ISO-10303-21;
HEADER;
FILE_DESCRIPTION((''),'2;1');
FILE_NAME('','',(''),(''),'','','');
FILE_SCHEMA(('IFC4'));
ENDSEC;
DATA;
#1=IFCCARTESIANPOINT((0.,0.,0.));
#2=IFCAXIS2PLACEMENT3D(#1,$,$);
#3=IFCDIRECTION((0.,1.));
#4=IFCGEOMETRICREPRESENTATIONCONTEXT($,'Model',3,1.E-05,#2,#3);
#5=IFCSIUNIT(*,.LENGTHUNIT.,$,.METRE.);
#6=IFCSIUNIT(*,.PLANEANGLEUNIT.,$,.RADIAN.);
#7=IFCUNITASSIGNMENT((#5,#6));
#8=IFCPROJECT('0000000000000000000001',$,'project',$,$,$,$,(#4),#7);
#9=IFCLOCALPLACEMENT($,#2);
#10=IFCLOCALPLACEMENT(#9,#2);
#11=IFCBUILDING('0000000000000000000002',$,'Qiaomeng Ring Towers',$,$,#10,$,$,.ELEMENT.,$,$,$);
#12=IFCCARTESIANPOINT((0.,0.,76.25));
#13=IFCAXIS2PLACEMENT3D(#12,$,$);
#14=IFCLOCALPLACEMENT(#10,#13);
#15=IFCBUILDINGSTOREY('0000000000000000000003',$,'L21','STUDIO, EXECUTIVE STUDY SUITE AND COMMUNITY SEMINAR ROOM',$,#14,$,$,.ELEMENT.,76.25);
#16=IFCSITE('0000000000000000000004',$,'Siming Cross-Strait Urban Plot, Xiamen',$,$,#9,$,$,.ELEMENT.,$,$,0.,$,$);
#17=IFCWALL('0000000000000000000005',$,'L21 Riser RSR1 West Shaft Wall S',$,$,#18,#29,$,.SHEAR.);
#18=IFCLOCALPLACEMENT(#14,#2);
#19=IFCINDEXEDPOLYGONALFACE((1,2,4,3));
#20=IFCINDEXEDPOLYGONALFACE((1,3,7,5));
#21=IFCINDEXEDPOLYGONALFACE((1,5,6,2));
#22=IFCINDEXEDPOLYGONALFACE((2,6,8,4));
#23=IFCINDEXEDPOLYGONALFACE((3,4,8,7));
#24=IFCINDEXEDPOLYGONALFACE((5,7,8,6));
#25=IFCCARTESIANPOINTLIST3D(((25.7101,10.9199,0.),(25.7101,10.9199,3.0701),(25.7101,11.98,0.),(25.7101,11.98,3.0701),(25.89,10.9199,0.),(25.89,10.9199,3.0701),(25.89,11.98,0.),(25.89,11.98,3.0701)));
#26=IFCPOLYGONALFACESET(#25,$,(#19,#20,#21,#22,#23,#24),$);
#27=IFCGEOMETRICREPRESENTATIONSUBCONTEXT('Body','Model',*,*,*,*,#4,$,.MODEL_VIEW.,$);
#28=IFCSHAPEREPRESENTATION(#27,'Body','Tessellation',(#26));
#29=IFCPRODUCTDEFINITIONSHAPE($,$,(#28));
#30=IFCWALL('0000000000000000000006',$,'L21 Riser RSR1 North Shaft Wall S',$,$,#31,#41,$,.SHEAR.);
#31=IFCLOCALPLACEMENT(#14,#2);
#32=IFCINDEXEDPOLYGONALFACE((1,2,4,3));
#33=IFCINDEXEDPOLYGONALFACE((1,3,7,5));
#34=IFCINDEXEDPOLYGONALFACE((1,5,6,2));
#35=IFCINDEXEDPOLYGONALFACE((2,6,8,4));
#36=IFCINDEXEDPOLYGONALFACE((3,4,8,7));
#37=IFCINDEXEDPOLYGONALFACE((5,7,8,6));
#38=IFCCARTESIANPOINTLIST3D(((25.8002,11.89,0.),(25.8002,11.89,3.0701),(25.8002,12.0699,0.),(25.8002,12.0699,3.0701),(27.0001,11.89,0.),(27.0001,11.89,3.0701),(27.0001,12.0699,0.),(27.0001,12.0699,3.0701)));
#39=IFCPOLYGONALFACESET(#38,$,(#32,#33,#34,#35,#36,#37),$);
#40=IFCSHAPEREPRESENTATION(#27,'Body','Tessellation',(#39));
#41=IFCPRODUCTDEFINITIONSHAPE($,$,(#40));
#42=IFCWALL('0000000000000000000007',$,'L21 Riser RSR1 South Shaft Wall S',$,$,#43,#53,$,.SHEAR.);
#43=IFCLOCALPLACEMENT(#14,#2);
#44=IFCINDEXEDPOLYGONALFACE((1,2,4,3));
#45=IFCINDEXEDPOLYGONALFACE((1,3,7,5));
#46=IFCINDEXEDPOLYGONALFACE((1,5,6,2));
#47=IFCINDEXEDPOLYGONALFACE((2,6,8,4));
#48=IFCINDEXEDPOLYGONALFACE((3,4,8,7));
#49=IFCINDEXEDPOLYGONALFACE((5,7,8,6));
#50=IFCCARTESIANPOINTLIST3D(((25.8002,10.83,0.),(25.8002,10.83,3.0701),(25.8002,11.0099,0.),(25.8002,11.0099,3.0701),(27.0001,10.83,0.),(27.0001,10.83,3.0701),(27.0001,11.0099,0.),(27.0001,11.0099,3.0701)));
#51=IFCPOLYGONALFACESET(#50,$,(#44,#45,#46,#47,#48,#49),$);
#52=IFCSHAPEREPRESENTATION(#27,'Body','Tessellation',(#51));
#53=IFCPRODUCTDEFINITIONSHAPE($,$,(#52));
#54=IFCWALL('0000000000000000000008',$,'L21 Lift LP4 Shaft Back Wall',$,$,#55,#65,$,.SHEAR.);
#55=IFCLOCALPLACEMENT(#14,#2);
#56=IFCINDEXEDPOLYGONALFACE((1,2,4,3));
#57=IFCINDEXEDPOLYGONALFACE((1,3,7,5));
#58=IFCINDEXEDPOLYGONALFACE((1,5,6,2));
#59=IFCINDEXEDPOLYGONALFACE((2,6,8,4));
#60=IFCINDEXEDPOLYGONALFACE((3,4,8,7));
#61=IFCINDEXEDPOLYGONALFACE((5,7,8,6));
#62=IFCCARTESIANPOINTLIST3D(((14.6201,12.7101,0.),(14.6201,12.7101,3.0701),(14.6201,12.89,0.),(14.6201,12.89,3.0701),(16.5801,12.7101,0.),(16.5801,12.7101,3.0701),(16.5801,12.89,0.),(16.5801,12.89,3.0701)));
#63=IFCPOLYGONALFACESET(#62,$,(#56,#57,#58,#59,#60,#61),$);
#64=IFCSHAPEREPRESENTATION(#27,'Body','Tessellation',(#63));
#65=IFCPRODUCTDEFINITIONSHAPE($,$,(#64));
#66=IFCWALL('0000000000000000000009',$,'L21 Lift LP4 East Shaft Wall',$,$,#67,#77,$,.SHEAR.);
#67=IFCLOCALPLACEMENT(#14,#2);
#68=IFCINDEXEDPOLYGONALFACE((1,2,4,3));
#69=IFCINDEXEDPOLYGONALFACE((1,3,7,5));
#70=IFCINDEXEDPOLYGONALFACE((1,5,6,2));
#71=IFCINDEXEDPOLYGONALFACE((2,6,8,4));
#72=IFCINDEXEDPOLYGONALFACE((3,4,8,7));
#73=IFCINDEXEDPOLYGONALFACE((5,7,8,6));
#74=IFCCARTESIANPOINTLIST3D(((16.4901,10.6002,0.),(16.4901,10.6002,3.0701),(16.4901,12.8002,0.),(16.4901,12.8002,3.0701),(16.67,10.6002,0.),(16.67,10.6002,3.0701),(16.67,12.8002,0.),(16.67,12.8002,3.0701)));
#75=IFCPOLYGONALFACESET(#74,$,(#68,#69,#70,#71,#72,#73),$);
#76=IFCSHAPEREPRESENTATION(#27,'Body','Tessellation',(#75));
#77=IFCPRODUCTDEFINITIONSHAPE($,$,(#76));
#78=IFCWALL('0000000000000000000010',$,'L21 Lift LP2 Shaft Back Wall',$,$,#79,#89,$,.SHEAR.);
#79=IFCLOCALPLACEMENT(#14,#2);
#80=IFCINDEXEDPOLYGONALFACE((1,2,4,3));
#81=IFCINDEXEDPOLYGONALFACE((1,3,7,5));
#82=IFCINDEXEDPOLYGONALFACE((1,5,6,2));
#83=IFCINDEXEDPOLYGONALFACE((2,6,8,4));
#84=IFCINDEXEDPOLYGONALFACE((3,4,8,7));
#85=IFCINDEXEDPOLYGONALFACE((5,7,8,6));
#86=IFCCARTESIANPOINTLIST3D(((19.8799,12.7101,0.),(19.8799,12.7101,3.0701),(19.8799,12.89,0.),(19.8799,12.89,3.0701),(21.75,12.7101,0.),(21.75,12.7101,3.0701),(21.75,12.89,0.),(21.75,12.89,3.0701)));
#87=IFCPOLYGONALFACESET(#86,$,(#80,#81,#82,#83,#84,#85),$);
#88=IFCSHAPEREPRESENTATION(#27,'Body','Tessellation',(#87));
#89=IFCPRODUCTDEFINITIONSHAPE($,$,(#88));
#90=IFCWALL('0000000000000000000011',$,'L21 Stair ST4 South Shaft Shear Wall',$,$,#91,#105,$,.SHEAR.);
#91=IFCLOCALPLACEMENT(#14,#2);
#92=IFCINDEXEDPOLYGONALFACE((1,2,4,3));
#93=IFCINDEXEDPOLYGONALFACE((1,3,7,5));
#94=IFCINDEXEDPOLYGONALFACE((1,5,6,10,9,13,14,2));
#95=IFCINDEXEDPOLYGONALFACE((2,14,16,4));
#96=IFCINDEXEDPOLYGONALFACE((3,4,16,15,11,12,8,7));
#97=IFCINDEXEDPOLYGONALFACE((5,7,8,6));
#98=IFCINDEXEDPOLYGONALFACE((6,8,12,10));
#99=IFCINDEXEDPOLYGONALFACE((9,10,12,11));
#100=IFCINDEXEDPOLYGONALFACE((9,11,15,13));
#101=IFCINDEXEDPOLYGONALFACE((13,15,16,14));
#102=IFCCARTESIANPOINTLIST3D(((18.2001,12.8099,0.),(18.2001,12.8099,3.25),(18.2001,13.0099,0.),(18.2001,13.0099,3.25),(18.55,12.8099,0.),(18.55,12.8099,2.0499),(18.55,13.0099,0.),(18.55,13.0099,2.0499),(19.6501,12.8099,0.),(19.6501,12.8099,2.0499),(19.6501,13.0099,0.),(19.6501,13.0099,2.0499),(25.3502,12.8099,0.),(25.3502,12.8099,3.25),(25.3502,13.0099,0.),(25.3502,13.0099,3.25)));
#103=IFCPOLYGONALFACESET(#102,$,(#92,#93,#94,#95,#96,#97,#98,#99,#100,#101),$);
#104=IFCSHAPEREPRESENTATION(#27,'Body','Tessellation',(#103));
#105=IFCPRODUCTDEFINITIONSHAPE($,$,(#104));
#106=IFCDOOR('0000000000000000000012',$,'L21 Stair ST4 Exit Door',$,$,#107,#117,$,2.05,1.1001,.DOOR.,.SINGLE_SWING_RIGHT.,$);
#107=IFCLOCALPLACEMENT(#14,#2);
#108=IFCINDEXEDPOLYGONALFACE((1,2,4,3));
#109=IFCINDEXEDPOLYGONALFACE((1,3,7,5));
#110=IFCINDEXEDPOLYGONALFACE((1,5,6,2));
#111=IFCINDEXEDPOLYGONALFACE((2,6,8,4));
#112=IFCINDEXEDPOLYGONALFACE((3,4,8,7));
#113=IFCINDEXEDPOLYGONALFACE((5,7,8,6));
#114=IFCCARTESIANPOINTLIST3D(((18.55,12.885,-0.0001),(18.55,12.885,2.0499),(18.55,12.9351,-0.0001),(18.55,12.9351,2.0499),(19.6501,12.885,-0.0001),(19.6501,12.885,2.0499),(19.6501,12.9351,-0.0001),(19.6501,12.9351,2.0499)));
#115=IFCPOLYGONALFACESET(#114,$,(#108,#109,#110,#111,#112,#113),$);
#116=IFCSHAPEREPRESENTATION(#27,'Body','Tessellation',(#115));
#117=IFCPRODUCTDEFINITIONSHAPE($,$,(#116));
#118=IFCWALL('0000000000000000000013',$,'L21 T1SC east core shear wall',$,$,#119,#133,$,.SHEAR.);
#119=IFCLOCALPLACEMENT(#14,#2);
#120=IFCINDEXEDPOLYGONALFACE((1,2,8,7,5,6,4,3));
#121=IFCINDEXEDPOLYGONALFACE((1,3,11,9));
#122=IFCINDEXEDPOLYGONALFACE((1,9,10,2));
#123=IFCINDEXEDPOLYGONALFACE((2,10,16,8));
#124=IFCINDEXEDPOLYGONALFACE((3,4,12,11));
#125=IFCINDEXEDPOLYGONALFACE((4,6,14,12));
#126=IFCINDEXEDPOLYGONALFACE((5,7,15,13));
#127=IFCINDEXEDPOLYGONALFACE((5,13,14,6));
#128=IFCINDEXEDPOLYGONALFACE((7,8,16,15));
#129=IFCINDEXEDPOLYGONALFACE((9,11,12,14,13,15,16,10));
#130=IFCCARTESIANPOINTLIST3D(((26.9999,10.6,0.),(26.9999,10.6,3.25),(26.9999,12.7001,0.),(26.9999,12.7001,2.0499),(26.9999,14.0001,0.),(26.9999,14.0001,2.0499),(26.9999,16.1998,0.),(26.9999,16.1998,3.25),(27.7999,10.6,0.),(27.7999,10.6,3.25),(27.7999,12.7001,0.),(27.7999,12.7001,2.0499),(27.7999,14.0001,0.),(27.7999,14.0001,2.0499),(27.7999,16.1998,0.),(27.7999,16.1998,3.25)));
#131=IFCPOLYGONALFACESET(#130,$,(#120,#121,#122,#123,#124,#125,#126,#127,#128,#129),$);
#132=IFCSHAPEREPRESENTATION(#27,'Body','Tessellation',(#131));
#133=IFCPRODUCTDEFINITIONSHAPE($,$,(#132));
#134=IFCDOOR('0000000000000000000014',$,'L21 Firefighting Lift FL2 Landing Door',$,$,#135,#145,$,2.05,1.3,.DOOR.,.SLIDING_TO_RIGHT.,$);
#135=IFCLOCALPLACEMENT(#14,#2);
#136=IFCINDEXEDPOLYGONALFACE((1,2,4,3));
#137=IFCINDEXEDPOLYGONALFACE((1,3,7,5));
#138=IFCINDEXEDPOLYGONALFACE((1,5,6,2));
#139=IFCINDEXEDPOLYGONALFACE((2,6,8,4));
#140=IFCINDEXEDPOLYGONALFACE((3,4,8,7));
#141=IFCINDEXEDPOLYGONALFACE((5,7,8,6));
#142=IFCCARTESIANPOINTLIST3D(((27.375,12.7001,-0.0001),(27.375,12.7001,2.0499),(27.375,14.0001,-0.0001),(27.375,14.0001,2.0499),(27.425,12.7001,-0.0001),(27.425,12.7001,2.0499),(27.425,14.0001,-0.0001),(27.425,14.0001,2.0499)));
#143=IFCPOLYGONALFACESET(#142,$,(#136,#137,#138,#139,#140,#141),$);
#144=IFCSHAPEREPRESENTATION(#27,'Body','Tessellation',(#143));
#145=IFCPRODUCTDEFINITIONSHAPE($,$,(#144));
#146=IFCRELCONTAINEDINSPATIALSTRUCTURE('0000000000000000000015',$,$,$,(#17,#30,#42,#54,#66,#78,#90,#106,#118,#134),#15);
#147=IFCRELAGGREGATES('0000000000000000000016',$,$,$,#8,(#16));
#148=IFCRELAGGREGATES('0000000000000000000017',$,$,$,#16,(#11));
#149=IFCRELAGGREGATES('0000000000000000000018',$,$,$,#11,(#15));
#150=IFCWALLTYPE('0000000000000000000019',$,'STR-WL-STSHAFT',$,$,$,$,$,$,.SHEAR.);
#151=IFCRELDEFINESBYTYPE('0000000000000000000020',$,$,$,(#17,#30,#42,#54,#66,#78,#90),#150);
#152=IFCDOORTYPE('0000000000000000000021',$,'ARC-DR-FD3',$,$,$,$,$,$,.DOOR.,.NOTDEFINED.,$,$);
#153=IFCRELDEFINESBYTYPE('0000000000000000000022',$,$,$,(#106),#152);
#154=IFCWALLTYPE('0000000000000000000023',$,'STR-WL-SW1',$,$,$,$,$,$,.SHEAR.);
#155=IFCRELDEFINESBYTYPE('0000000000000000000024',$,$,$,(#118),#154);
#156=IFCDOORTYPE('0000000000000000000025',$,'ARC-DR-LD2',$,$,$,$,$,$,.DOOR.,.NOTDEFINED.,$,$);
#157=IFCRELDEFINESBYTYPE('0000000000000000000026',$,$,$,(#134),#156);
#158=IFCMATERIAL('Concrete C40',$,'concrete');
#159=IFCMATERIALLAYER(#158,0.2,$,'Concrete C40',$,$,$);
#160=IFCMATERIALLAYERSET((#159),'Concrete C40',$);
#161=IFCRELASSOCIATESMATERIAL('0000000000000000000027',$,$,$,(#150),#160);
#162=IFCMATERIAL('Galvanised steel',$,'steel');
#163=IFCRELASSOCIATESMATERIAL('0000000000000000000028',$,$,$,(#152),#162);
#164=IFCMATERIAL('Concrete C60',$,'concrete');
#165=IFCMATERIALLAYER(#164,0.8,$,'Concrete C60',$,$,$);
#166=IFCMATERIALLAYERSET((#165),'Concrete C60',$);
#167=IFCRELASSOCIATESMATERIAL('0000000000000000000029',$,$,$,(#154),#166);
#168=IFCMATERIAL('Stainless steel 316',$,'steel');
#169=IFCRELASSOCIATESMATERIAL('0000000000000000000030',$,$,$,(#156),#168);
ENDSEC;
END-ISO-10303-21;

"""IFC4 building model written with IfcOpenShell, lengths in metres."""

from ifc_helpers import new_model, si_unit, direction, frame, frame_2d, origin, place, context, subcontext, project, spatial, rectangle, extrude, source, transform, mapped, material, layer, layer_set, type_object, element, fill, save


model = new_model("IFC4")

# Units and contexts
model_context = context("Model", 3, precision=1e-05, world=origin(), true_north=direction((0.0, 1.0)))
body_context = subcontext(model_context, "Body", "Model", "MODEL_VIEW")
ifc_project = project(units=[si_unit("LENGTHUNIT", "METRE"), si_unit("PLANEANGLEUNIT", "RADIAN")], contexts=[model_context])

# Site, building, storey
site_placement = place(None, origin())
site = spatial("IfcSite", under=ifc_project, at=site_placement, Name="Siming Cross-Strait Urban Plot, Xiamen", CompositionType="ELEMENT", RefElevation=0.0)
building_placement = place(site_placement, origin())
building = spatial("IfcBuilding", under=site, at=building_placement, Name="Qiaomeng Ring Towers", CompositionType="ELEMENT")
storey_placement = place(building_placement, frame((0.0, 0.0, 76.25)))
storey = spatial("IfcBuildingStorey", under=building, at=storey_placement, Name="L21", Description="STUDIO, EXECUTIVE STUDY SUITE AND COMMUNITY SEMINAR ROOM", CompositionType="ELEMENT", Elevation=76.25)

# Walls
ifc_material_1 = material(Name="Concrete C40", Category="concrete")
ifc_layer_1 = layer(ifc_material_1, 0.2, Name="Concrete C40")
ifc_layer_set_1 = layer_set([ifc_layer_1], Name="Concrete C40")
wall_type_1 = type_object("IfcWallType", Name="STR-WL-STSHAFT", PredefinedType="SHEAR", material=ifc_layer_set_1)
wall_1_placement = place(storey_placement, frame((25.8, 10.9199, 0.0), z_axis=(0.0, 0.0, 1.0), x_axis=(0.0, 1.0, 0.0)))
element("IfcWall", 1, at=wall_1_placement, inside=storey, type_object=wall_type_1, Name="L21 Riser RSR1 West Shaft Wall S", PredefinedType="SHEAR", context=body_context, shape_type="SweptSolid", body=[
    extrude(rectangle(XDim=1.0601, YDim=0.1799, at=frame_2d((0.53, 0.0))), origin(), (0.0, 0.0, 1.0), 3.0701),
])
for number, where, z_axis, x_axis, name in (
    (2, (25.8, 11.98, 0.0), (0.0, 0.0, 1.0), (1.0, 0.0, 0.0), "L21 Riser RSR1 North Shaft Wall S"),
    (3, (25.8, 10.9199, 0.0), (0.0, 0.0, 1.0), (1.0, 0.0, 0.0), "L21 Riser RSR1 South Shaft Wall S"),
):
    element("IfcWall", number, at=place(storey_placement, frame(where, z_axis=z_axis, x_axis=x_axis)), inside=storey, type_object=wall_type_1, Name=name, PredefinedType="SHEAR", context=body_context, shape_type="SweptSolid", body=[
        extrude(rectangle(XDim=1.2, YDim=0.1799, at=frame_2d((0.6001, 0.0))), origin(), (0.0, 0.0, 1.0), 3.0701),
    ])
wall_2_placement = place(storey_placement, frame((14.6201, 12.8, 0.0), z_axis=(0.0, 0.0, 1.0), x_axis=(1.0, 0.0, 0.0)))
element("IfcWall", 4, at=wall_2_placement, inside=storey, type_object=wall_type_1, Name="L21 Lift LP4 Shaft Back Wall", PredefinedType="SHEAR", context=body_context, shape_type="SweptSolid", body=[
    extrude(rectangle(XDim=1.96, YDim=0.1799, at=frame_2d((0.98, 0.0))), origin(), (0.0, 0.0, 1.0), 3.0701),
])
wall_3_placement = place(storey_placement, frame((16.5801, 10.6001, 0.0), z_axis=(0.0, 0.0, 1.0), x_axis=(0.0, 1.0, 0.0)))
element("IfcWall", 5, at=wall_3_placement, inside=storey, type_object=wall_type_1, Name="L21 Lift LP4 East Shaft Wall", PredefinedType="SHEAR", context=body_context, shape_type="SweptSolid", body=[
    extrude(rectangle(XDim=2.2, YDim=0.1799, at=frame_2d((1.1001, 0.0))), origin(), (0.0, 0.0, 1.0), 3.0701),
])
wall_4_placement = place(storey_placement, frame((19.8799, 12.8, 0.0), z_axis=(0.0, 0.0, 1.0), x_axis=(1.0, 0.0, 0.0)))
element("IfcWall", 6, at=wall_4_placement, inside=storey, type_object=wall_type_1, Name="L21 Lift LP2 Shaft Back Wall", PredefinedType="SHEAR", context=body_context, shape_type="SweptSolid", body=[
    extrude(rectangle(XDim=1.8701, YDim=0.1799, at=frame_2d((0.9351, 0.0))), origin(), (0.0, 0.0, 1.0), 3.0701),
])

# Walls, openings, doors
wall_5_placement = place(storey_placement, frame((18.2, 12.9099, 0.0), z_axis=(0.0, 0.0, 1.0), x_axis=(1.0, 0.0, 0.0)))
wall_5 = element("IfcWall", 7, at=wall_5_placement, inside=storey, type_object=wall_type_1, Name="L21 Stair ST4 South Shaft Shear Wall", PredefinedType="SHEAR", context=body_context, shape_type="SweptSolid", body=[
    extrude(rectangle(XDim=7.1501, YDim=0.2, at=frame_2d((3.5752, 0.0))), origin(), (0.0, 0.0, 1.0), 3.25),
])
opening_1_placement = place(wall_5_placement, frame((0.3501, 0.0, 0.0)))
opening_1 = element("IfcOpeningElement", 8, at=opening_1_placement, cuts=wall_5, PredefinedType="OPENING", context=body_context, shape_type="SweptSolid", body=[
    extrude(rectangle(XDim=1.1001, YDim=2.05, at=frame_2d((0.55, 1.0249))), frame((0.0, 0.1099, 0.0), z_axis=(0.0, -1.0, 0.0), x_axis=(1.0, 0.0, 0.0)), (0.0, 0.0, 1.0), 0.22),
])
ifc_material_2 = material(Name="Galvanised steel", Category="steel")
door_type_1 = type_object("IfcDoorType", Name="ARC-DR-FD3", OperationType="NOTDEFINED", PredefinedType="DOOR", material=ifc_material_2)
shared_shape_1 = source(origin(), body_context, "Body", "SweptSolid", [
    extrude(rectangle(XDim=1.1001, YDim=2.05, at=frame_2d((0.55, 1.0249))), frame((0.0, 0.0249, 0.0), z_axis=(0.0, -1.0, 0.0), x_axis=(1.0, 0.0, 0.0)), (0.0, 0.0, 1.0), 0.05),
])
door_1_placement = place(opening_1_placement, frame((1.1001, 0.0, 0.0), z_axis=(0.0, 0.0, 1.0), x_axis=(-1.0, 0.0, 0.0)))
door_1 = element("IfcDoor", 9, at=door_1_placement, inside=storey, type_object=door_type_1, Name="L21 Stair ST4 Exit Door", OperationType="SINGLE_SWING_RIGHT", OverallHeight=2.05, OverallWidth=1.1001, PredefinedType="DOOR", context=body_context, shape_type="MappedRepresentation", body=[
    mapped(shared_shape_1, transform((0.0, 0.0, 0.0), x_axis=(1.0, 0.0, 0.0), y_axis=(0.0, 1.0, 0.0), z_axis=(0.0, 0.0, 1.0), scale=1.0)),
])
fill(opening_1, door_1)
ifc_material_3 = material(Name="Concrete C60", Category="concrete")
ifc_layer_2 = layer(ifc_material_3, 0.8, Name="Concrete C60")
ifc_layer_set_2 = layer_set([ifc_layer_2], Name="Concrete C60")
wall_type_2 = type_object("IfcWallType", Name="STR-WL-SW1", PredefinedType="SHEAR", material=ifc_layer_set_2)
wall_6_placement = place(storey_placement, frame((27.3999, 10.6001, 0.0), z_axis=(0.0, 0.0, 1.0), x_axis=(0.0, 1.0, 0.0)))
wall_6 = element("IfcWall", 10, at=wall_6_placement, inside=storey, type_object=wall_type_2, Name="L21 T1SC east core shear wall", PredefinedType="SHEAR", context=body_context, shape_type="SweptSolid", body=[
    extrude(rectangle(XDim=5.5999, YDim=0.8, at=frame_2d((2.7998, 0.0))), origin(), (0.0, 0.0, 1.0), 3.25),
])
opening_2_placement = place(wall_6_placement, frame((2.1001, 0.0, 0.0)))
opening_2 = element("IfcOpeningElement", 11, at=opening_2_placement, cuts=wall_6, PredefinedType="OPENING", context=body_context, shape_type="SweptSolid", body=[
    extrude(rectangle(XDim=1.3, YDim=2.05, at=frame_2d((0.6499, 1.0249))), frame((0.0, 0.4099, 0.0), z_axis=(0.0, -1.0, 0.0), x_axis=(1.0, 0.0, 0.0)), (0.0, 0.0, 1.0), 0.8201),
])
ifc_material_4 = material(Name="Stainless steel 316", Category="steel")
door_type_2 = type_object("IfcDoorType", Name="ARC-DR-LD2", OperationType="NOTDEFINED", PredefinedType="DOOR", material=ifc_material_4)
shared_shape_2 = source(origin(), body_context, "Body", "SweptSolid", [
    extrude(rectangle(XDim=1.3, YDim=2.05, at=frame_2d((0.6499, 1.0249))), frame((0.0, 0.0249, 0.0), z_axis=(0.0, -1.0, 0.0), x_axis=(1.0, 0.0, 0.0)), (0.0, 0.0, 1.0), 0.05),
])
door_2_placement = place(opening_2_placement, origin())
door_2 = element("IfcDoor", 12, at=door_2_placement, inside=storey, type_object=door_type_2, Name="L21 Firefighting Lift FL2 Landing Door", OperationType="SLIDING_TO_RIGHT", OverallHeight=2.05, OverallWidth=1.3, PredefinedType="DOOR", context=body_context, shape_type="MappedRepresentation", body=[
    mapped(shared_shape_2, transform((0.0, 0.0, 0.0), x_axis=(1.0, 0.0, 0.0), y_axis=(0.0, 1.0, 0.0), z_axis=(0.0, 0.0, 1.0), scale=1.0)),
])
fill(opening_2, door_2)

save(model, "model.ifc")
